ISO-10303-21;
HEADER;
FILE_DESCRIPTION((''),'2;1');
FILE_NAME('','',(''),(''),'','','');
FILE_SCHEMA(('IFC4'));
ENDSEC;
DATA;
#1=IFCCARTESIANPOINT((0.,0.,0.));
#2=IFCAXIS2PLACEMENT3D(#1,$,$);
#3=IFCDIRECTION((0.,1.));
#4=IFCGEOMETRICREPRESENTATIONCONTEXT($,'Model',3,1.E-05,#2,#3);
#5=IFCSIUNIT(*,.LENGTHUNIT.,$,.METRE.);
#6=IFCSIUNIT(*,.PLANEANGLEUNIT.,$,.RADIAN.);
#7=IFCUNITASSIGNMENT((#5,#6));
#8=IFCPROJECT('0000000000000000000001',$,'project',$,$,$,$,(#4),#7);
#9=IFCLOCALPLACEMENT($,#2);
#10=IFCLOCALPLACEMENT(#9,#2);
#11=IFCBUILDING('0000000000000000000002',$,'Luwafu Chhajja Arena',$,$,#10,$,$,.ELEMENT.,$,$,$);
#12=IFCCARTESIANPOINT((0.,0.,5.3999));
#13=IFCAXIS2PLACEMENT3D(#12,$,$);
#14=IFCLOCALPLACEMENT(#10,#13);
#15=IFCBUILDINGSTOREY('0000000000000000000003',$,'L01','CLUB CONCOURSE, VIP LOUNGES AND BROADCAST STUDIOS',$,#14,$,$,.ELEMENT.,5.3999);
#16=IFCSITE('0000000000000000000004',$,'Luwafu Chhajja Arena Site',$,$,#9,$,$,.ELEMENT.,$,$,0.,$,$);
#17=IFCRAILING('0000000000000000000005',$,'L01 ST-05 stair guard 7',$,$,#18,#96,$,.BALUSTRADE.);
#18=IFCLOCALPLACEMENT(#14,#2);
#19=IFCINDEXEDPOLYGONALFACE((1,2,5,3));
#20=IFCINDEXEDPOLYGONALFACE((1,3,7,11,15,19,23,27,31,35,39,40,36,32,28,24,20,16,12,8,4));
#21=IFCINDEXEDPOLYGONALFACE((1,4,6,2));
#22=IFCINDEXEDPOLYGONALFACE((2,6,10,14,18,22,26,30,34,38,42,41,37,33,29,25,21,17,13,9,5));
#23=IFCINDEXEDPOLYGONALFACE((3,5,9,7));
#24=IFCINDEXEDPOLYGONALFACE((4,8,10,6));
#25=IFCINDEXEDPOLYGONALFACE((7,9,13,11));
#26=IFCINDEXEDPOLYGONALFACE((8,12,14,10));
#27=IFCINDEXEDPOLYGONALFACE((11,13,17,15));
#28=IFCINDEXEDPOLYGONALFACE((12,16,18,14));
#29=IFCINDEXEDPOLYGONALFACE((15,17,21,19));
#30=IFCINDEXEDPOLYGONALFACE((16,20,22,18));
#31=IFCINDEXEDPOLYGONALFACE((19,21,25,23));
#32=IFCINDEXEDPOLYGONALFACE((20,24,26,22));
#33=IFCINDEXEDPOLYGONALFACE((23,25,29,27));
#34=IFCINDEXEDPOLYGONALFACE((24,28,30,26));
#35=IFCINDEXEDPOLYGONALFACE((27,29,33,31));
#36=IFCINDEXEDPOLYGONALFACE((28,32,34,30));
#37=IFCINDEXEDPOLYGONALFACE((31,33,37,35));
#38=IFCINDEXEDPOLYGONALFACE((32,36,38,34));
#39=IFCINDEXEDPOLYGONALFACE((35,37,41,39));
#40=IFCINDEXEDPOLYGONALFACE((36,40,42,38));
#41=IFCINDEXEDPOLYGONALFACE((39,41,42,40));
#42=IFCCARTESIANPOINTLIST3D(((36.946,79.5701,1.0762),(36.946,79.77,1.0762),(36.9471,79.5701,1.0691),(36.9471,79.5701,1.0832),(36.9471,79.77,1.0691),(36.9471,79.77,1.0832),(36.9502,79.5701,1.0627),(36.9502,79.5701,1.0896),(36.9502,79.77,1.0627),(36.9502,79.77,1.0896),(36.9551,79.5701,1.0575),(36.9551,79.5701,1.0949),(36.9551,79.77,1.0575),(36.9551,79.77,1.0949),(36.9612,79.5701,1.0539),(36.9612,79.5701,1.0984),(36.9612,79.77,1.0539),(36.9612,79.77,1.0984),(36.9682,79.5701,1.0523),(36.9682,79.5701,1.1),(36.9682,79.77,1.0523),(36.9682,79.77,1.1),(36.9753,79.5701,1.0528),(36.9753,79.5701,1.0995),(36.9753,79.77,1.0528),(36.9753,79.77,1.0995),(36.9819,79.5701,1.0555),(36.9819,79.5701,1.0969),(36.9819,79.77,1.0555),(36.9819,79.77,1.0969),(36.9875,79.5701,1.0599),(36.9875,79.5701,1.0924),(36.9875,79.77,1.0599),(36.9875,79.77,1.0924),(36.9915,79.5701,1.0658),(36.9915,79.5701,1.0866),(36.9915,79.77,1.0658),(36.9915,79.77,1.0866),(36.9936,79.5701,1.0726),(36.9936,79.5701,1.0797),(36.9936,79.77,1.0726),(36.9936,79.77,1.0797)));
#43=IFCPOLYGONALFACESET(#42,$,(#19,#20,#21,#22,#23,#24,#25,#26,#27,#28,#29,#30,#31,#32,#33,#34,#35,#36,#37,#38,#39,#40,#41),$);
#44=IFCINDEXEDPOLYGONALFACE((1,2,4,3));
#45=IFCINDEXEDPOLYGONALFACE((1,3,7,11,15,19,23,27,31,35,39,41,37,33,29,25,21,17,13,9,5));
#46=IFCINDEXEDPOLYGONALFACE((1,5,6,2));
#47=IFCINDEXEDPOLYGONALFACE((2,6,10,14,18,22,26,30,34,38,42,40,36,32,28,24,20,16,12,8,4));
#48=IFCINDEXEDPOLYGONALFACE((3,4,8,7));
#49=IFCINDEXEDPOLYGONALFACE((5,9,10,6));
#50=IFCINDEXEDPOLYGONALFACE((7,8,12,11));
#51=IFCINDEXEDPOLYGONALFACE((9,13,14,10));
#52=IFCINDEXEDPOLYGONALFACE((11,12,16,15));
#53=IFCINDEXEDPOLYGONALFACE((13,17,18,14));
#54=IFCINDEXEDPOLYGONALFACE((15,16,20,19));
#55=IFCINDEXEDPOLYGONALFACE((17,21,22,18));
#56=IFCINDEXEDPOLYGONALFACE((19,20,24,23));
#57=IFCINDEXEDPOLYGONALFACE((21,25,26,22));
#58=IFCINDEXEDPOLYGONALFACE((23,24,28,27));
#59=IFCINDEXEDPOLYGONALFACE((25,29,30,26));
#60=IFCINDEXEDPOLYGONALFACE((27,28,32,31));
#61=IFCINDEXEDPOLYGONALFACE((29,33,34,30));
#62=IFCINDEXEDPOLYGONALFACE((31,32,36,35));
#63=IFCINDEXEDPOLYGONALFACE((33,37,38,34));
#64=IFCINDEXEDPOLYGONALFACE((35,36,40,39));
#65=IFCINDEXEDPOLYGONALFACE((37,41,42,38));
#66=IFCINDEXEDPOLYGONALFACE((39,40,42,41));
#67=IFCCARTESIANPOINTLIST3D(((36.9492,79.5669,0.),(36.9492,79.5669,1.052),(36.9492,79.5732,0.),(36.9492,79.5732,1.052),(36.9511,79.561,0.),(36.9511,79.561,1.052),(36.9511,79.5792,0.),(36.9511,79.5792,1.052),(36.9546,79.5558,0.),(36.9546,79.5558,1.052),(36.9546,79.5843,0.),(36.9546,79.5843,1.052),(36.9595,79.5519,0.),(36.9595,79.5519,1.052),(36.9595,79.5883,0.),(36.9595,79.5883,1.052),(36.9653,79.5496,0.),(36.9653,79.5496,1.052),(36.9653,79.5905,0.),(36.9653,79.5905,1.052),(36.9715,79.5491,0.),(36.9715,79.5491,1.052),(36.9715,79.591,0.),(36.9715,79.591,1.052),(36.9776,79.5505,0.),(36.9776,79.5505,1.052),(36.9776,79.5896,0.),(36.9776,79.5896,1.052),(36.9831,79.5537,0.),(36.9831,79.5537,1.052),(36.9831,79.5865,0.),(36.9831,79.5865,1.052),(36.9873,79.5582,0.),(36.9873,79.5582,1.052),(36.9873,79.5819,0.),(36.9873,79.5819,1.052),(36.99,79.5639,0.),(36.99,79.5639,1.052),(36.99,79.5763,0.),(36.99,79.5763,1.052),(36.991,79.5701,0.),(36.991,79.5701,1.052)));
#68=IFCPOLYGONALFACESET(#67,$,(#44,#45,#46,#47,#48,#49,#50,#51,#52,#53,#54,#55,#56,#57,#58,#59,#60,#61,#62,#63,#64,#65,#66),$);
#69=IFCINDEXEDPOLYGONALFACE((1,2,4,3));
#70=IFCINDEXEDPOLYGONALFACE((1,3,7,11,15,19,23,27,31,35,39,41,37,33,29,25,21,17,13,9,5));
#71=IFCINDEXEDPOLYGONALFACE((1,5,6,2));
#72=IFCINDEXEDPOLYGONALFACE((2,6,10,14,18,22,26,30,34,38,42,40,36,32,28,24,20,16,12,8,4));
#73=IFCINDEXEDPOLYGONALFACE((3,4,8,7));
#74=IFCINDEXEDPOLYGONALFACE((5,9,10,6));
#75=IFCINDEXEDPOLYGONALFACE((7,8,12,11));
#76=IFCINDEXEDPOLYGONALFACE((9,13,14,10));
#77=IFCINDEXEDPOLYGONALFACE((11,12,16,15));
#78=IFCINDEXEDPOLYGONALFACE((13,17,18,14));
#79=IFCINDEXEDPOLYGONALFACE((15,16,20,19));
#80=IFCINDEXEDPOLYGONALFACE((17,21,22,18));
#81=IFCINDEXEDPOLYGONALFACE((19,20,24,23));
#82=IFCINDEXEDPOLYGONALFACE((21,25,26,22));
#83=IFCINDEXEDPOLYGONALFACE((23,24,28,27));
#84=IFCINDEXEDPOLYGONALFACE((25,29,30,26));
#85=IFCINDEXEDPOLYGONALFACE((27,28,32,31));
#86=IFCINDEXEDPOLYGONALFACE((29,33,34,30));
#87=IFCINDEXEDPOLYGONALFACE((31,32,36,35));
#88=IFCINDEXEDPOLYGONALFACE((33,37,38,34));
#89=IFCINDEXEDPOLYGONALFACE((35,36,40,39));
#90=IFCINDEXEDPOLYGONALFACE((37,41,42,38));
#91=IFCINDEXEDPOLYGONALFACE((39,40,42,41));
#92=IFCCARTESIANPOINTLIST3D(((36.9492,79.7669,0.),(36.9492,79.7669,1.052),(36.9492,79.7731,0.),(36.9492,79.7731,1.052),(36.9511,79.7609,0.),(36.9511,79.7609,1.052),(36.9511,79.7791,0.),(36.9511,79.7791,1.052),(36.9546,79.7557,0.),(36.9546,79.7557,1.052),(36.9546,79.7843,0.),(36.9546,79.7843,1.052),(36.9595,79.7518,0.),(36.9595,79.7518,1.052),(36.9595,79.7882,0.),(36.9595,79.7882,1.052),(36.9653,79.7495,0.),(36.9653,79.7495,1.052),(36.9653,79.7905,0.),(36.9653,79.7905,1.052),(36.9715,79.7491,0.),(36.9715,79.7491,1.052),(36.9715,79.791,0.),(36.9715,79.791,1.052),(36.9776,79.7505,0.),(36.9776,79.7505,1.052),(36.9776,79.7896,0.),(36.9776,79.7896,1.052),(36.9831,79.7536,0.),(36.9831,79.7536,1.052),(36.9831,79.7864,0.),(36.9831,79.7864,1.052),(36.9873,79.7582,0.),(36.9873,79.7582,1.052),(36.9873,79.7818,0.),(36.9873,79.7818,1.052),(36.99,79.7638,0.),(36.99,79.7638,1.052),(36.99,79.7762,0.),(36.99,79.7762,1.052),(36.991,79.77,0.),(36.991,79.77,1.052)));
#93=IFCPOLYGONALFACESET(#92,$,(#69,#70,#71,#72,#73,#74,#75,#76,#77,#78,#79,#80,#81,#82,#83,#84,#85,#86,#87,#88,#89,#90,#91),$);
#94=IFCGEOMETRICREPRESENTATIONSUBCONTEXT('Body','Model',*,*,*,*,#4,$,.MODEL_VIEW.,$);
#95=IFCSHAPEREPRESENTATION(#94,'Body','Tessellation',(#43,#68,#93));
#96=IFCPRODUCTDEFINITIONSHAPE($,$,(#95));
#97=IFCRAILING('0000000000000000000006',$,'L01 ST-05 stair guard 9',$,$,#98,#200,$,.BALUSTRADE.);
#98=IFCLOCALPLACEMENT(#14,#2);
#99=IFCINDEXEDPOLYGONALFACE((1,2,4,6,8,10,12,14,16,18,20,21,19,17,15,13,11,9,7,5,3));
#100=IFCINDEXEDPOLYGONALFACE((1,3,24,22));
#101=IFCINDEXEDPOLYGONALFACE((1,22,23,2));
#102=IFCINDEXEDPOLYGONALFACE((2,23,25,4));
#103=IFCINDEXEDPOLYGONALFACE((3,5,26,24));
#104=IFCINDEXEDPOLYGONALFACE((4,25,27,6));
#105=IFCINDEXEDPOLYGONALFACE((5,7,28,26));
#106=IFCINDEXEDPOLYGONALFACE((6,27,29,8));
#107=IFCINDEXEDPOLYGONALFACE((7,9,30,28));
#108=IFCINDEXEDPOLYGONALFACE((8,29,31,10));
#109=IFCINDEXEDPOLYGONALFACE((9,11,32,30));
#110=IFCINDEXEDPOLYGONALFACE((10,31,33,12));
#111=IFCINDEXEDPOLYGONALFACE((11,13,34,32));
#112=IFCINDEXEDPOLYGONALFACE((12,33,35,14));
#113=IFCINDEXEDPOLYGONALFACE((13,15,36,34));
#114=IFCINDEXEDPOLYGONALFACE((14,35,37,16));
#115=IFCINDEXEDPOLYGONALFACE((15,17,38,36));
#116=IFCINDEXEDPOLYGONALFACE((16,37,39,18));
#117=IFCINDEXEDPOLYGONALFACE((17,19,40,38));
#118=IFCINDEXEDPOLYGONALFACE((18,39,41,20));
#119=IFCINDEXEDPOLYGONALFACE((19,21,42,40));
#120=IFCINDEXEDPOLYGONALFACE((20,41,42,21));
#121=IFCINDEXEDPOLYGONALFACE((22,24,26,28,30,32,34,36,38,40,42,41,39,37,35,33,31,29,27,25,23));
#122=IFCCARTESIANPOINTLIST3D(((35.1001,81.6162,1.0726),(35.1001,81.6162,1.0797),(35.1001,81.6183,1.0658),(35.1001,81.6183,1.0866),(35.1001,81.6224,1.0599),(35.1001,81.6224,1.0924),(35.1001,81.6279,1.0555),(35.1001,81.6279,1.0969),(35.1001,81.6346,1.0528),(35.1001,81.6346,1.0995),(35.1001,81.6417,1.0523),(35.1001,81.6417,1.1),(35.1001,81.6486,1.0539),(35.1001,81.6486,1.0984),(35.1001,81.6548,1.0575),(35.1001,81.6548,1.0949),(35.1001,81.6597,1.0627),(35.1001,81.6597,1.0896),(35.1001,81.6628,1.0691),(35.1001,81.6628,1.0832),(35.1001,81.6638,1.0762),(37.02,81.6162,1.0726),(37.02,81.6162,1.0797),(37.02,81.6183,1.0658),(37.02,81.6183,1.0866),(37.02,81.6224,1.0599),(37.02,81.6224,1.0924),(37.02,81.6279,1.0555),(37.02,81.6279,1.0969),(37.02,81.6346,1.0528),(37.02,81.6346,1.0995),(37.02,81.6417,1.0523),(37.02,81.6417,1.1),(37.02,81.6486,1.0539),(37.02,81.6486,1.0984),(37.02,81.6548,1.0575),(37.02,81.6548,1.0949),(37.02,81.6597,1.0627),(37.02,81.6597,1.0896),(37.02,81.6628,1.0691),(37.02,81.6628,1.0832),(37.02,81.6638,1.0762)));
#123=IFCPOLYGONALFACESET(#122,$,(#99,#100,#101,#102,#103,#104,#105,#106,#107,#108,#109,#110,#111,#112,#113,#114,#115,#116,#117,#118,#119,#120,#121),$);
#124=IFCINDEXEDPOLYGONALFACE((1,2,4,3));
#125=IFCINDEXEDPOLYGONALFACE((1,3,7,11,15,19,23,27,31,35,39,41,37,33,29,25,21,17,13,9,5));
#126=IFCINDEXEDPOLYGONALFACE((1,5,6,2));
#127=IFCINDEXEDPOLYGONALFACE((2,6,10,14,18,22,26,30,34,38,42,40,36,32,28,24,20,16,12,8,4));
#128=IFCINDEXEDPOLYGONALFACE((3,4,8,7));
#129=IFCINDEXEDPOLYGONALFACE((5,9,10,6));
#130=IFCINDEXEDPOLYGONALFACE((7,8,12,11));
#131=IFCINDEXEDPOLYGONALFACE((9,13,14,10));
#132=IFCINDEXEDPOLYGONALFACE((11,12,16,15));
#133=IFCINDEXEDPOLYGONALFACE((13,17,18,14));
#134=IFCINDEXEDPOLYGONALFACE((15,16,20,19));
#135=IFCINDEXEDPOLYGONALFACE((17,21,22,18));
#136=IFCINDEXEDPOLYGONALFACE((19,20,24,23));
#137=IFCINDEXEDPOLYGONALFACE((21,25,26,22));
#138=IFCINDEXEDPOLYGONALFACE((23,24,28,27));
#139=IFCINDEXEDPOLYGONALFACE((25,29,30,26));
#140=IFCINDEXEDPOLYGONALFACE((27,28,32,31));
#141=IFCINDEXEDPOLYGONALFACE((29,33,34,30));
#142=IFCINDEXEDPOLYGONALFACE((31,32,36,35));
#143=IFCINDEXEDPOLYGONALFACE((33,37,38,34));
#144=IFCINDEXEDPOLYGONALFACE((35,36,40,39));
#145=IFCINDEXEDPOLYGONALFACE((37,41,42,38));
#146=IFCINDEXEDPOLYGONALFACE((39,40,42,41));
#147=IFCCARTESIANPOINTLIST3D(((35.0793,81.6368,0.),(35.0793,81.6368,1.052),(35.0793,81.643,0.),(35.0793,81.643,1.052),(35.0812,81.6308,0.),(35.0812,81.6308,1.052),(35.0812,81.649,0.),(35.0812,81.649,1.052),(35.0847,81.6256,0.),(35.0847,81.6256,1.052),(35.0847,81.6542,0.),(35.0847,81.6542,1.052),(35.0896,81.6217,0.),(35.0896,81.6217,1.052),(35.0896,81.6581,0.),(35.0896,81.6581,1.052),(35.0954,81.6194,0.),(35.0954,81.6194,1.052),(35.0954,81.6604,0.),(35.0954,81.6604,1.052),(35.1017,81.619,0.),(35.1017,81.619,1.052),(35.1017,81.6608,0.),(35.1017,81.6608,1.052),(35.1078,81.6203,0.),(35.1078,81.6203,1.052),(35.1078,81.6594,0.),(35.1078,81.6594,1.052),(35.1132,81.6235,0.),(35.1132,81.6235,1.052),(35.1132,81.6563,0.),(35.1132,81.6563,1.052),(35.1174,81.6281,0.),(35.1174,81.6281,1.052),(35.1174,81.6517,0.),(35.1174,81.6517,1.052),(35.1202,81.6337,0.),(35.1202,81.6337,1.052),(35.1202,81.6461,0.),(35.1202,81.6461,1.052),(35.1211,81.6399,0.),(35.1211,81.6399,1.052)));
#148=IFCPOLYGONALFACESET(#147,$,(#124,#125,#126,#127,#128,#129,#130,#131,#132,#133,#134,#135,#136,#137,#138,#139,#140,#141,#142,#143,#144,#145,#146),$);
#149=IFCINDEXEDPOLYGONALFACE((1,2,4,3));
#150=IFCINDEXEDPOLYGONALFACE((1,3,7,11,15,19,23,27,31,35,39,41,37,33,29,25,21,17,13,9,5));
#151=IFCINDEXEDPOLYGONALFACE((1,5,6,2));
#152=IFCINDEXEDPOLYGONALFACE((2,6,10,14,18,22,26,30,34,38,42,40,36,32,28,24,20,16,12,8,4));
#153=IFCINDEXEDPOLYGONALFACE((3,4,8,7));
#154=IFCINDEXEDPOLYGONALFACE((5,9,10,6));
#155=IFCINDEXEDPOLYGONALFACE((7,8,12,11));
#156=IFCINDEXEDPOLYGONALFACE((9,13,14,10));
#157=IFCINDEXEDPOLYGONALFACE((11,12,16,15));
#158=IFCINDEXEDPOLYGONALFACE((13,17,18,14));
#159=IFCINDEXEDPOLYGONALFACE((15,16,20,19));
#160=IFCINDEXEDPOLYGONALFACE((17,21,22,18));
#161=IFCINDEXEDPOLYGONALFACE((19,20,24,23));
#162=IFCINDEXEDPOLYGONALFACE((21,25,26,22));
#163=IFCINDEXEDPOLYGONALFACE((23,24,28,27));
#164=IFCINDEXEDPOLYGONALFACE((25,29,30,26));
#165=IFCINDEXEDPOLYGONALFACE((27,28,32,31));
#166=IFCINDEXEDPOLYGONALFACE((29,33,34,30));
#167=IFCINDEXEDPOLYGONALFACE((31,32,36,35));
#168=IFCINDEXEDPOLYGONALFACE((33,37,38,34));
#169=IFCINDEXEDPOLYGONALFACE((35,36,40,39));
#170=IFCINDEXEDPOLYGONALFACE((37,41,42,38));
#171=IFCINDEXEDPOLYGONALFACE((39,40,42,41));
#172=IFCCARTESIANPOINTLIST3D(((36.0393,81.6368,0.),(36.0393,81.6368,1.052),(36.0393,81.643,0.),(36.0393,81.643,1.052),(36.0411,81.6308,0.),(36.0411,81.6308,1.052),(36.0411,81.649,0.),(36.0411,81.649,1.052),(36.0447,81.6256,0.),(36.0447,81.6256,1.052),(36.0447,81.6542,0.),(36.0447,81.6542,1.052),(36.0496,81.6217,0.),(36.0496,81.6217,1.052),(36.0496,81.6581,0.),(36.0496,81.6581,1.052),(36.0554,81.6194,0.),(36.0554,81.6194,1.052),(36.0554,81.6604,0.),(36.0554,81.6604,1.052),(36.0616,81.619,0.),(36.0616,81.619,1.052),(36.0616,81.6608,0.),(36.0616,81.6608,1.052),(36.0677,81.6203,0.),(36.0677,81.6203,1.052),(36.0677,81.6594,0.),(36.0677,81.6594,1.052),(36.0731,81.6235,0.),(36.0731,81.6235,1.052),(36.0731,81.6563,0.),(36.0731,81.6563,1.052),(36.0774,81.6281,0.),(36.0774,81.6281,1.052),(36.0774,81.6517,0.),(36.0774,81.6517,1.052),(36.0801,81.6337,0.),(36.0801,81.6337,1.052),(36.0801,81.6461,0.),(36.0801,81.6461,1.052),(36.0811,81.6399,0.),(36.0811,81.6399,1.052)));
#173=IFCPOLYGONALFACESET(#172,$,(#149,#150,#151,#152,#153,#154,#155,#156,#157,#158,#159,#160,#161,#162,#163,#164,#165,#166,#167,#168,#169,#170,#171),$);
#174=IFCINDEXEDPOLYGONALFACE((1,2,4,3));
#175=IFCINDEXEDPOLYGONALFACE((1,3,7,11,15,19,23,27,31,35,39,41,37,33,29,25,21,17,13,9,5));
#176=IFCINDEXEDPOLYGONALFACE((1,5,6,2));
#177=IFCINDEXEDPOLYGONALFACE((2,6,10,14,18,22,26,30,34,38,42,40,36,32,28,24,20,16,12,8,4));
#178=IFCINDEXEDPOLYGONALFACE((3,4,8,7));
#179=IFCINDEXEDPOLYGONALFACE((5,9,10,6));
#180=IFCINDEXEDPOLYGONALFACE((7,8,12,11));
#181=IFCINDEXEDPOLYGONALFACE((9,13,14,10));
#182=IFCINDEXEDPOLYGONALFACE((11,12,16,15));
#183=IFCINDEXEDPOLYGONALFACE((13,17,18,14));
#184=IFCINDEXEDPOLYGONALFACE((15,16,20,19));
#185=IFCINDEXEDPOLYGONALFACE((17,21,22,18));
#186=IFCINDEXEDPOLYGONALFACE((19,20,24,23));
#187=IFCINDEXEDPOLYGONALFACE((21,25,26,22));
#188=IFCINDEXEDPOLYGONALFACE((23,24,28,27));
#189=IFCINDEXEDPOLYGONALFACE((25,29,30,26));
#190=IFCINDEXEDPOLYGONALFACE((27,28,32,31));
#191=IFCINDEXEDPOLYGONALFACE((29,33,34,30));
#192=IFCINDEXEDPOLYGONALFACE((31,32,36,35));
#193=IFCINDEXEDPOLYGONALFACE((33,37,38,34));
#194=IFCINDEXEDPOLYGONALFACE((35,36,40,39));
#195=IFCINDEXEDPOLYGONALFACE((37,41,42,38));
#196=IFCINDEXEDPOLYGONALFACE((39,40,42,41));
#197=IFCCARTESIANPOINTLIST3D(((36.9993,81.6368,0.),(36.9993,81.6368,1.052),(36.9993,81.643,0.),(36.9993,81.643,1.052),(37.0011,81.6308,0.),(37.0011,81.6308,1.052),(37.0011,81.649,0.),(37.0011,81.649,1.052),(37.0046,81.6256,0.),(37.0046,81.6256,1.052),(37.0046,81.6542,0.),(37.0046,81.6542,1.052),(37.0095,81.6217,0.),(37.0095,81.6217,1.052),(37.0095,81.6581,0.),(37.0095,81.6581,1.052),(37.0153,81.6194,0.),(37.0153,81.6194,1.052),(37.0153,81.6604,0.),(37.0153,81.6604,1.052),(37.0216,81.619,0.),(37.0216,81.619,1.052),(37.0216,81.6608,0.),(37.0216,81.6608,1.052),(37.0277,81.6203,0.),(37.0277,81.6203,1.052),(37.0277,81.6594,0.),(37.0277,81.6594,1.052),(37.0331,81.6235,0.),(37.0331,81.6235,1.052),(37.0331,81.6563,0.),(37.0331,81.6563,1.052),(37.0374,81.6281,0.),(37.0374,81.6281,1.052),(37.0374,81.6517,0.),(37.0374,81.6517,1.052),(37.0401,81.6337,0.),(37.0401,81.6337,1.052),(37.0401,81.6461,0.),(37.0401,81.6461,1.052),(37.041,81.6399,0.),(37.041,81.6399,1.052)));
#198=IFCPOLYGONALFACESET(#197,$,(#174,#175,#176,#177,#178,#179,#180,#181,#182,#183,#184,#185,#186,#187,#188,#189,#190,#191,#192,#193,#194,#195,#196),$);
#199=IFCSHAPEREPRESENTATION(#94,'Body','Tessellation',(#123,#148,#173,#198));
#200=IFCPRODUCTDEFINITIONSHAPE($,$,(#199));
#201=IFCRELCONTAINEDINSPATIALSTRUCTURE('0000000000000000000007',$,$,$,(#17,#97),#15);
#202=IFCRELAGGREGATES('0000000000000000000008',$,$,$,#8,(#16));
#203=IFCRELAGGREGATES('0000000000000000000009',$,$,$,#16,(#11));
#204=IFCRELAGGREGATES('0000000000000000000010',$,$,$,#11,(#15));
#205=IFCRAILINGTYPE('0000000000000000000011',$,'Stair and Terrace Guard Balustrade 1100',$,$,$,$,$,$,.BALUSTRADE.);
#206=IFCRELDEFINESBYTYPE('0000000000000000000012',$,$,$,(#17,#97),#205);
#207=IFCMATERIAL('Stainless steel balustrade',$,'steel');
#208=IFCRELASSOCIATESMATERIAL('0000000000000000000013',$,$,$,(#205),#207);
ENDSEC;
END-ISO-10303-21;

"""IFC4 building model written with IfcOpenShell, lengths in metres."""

from ifc_helpers import new_model, si_unit, direction, frame, origin, origin_2d, place, context, subcontext, project, spatial, circle, extrude, material, type_object, element, save


model = new_model("IFC4")

# Units and contexts
model_context = context("Model", 3, precision=1e-05, world=origin(), true_north=direction((0.0, 1.0)))
body_context = subcontext(model_context, "Body", "Model", "MODEL_VIEW")
ifc_project = project(units=[si_unit("LENGTHUNIT", "METRE"), si_unit("PLANEANGLEUNIT", "RADIAN")], contexts=[model_context])

# Site, building, storey
site_placement = place(None, origin())
site = spatial("IfcSite", under=ifc_project, at=site_placement, Name="Luwafu Chhajja Arena Site", CompositionType="ELEMENT", RefElevation=0.0)
building_placement = place(site_placement, origin())
building = spatial("IfcBuilding", under=site, at=building_placement, Name="Luwafu Chhajja Arena", CompositionType="ELEMENT")
storey_placement = place(building_placement, frame((0.0, 0.0, 5.3999)))
storey = spatial("IfcBuildingStorey", under=building, at=storey_placement, Name="L01", Description="CLUB CONCOURSE, VIP LOUNGES AND BROADCAST STUDIOS", CompositionType="ELEMENT", Elevation=5.3999)

# Railings
ifc_material_1 = material(Name="Stainless steel balustrade", Category="steel")
railing_type_1 = type_object("IfcRailingType", Name="Stair and Terrace Guard Balustrade 1100", PredefinedType="BALUSTRADE", material=ifc_material_1)
railing_1_placement = place(storey_placement, frame((36.97, 79.5701, 0.0)))
element("IfcRailing", 1, at=railing_1_placement, inside=storey, type_object=railing_type_1, Name="L01 ST-05 stair guard 7", PredefinedType="BALUSTRADE", context=body_context, shape_type="SweptSolid", body=[
    extrude(circle(Radius=0.0239, at=origin_2d()), frame((0.0, 0.0, 1.0762), z_axis=(0.0, 1.0, 0.0), x_axis=(-1.0, 0.0, 0.0)), (0.0, 0.0, 1.0), 0.2),
    extrude(circle(Radius=0.021, at=origin_2d()), origin(), (0.0, 0.0, 1.0), 1.052),
    extrude(circle(Radius=0.021, at=origin_2d()), frame((0.0, 0.2, 0.0)), (0.0, 0.0, 1.0), 1.052),
])
railing_2_placement = place(storey_placement, frame((35.1001, 81.6399, 0.0)))
element("IfcRailing", 2, at=railing_2_placement, inside=storey, type_object=railing_type_1, Name="L01 ST-05 stair guard 9", PredefinedType="BALUSTRADE", context=body_context, shape_type="SweptSolid", body=[
    extrude(circle(Radius=0.0239, at=origin_2d()), frame((0.0, 0.0, 1.0762), z_axis=(1.0, 0.0, 0.0), x_axis=(0.0, 1.0, 0.0)), (0.0, 0.0, 1.0), 1.9199),
    extrude(circle(Radius=0.021, at=origin_2d()), origin(), (0.0, 0.0, 1.0), 1.052),
    extrude(circle(Radius=0.021, at=origin_2d()), frame((0.96, 0.0, 0.0)), (0.0, 0.0, 1.0), 1.052),
    extrude(circle(Radius=0.021, at=origin_2d()), frame((1.9199, 0.0, 0.0)), (0.0, 0.0, 1.0), 1.052),
])

save(model, "model.ifc")
